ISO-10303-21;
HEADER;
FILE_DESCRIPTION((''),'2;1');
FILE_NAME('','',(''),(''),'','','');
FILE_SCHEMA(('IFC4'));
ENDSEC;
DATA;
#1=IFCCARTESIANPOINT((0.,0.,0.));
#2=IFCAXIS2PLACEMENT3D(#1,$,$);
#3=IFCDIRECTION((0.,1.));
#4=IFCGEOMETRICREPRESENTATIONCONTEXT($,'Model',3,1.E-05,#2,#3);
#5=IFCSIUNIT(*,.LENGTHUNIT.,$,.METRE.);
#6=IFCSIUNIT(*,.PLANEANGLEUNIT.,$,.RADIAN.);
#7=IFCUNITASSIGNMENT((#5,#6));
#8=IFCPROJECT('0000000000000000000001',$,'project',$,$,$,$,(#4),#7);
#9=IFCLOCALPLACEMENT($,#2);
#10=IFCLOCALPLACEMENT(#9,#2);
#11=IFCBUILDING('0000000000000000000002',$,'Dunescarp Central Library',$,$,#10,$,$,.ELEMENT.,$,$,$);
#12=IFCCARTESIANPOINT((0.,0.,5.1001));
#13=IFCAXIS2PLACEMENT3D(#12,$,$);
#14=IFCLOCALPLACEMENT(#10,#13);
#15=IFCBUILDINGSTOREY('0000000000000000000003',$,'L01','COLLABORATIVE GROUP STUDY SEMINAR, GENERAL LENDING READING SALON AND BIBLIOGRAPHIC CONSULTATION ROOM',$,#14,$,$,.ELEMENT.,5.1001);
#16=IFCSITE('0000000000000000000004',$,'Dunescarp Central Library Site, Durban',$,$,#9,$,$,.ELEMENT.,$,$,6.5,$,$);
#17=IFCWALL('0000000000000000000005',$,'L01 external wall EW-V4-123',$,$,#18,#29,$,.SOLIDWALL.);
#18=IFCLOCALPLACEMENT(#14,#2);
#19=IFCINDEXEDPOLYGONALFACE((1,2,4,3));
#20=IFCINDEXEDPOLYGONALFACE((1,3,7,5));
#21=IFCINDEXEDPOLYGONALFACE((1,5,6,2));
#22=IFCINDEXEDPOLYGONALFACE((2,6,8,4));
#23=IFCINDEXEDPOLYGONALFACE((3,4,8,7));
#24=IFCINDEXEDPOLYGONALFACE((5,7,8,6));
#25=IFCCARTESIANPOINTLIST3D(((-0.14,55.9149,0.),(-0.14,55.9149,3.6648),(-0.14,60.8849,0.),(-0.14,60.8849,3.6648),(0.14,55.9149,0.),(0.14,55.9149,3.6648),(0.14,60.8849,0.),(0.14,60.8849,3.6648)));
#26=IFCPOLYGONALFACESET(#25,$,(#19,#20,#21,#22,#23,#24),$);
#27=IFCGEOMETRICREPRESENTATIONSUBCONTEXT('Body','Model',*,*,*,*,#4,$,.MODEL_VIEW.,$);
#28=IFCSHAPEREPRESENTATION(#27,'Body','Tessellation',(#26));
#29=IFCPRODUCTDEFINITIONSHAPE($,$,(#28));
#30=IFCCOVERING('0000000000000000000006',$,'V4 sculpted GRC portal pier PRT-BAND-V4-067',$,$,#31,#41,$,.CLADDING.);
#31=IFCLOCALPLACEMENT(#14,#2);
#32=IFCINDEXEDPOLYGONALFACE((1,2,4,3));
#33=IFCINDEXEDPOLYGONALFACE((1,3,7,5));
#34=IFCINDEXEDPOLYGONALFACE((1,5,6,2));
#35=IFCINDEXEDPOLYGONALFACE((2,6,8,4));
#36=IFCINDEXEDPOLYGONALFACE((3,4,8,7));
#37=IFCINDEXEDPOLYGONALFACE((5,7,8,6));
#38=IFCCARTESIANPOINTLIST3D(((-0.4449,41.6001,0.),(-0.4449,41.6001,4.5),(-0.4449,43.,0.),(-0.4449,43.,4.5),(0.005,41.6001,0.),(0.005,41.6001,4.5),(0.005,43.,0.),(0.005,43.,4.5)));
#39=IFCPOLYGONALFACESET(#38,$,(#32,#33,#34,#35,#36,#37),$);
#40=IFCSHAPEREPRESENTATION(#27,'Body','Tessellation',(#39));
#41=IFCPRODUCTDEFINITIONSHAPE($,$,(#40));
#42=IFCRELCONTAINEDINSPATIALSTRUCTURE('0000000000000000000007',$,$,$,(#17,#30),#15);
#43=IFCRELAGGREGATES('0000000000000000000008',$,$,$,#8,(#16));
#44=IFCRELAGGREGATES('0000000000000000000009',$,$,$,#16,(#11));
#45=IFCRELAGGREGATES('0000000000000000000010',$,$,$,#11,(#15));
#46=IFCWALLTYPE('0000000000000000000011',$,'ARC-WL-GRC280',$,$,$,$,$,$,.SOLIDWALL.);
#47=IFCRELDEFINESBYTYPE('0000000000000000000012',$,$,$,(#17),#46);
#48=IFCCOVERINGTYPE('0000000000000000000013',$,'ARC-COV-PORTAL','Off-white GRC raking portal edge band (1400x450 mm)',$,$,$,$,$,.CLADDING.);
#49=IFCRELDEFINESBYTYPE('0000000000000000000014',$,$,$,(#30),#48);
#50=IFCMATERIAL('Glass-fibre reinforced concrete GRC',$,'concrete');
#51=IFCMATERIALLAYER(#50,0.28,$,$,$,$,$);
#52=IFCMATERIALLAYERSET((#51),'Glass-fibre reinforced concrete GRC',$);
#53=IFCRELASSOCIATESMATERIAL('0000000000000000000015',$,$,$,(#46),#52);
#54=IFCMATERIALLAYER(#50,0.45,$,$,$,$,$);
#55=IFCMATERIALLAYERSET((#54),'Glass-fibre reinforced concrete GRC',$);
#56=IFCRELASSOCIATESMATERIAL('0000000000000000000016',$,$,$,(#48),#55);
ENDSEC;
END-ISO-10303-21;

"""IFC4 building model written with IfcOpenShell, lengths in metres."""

from ifc_helpers import new_model, si_unit, direction, frame, frame_2d, origin, origin_2d, place, context, subcontext, project, spatial, rectangle, extrude, material, layer, layer_set, type_object, element, save


model = new_model("IFC4")

# Units and contexts
model_context = context("Model", 3, precision=1e-05, world=origin(), true_north=direction((0.0, 1.0)))
body_context = subcontext(model_context, "Body", "Model", "MODEL_VIEW")
ifc_project = project(units=[si_unit("LENGTHUNIT", "METRE"), si_unit("PLANEANGLEUNIT", "RADIAN")], contexts=[model_context])

# Site, building, storey
site_placement = place(None, origin())
site = spatial("IfcSite", under=ifc_project, at=site_placement, Name="Dunescarp Central Library Site, Durban", CompositionType="ELEMENT", RefElevation=6.5)
building_placement = place(site_placement, origin())
building = spatial("IfcBuilding", under=site, at=building_placement, Name="Dunescarp Central Library", CompositionType="ELEMENT")
storey_placement = place(building_placement, frame((0.0, 0.0, 5.1001)))
storey = spatial("IfcBuildingStorey", under=building, at=storey_placement, Name="L01", Description="COLLABORATIVE GROUP STUDY SEMINAR, GENERAL LENDING READING SALON AND BIBLIOGRAPHIC CONSULTATION ROOM", CompositionType="ELEMENT", Elevation=5.1001)

# Wall
ifc_material_1 = material(Name="Glass-fibre reinforced concrete GRC", Category="concrete")
ifc_layer_1 = layer(ifc_material_1, 0.28)
ifc_layer_set_1 = layer_set([ifc_layer_1], Name="Glass-fibre reinforced concrete GRC")
wall_type = type_object("IfcWallType", Name="ARC-WL-GRC280", PredefinedType="SOLIDWALL", material=ifc_layer_set_1)
for number, where, z_axis, x_axis, name in (
    (1, (0.0, 55.915, 0.0), (0.0, 0.0, 1.0), (0.0, 1.0, 0.0), "L01 external wall EW-V4-123"),
):
    element("IfcWall", number, at=place(storey_placement, frame(where, z_axis=z_axis, x_axis=x_axis)), inside=storey, type_object=wall_type, Name=name, PredefinedType="SOLIDWALL", context=body_context, shape_type="SweptSolid", body=[
        extrude(rectangle(XDim=4.97, YDim=0.28, at=frame_2d((2.4849, 0.0))), origin(), (0.0, 0.0, 1.0), 3.6648),
    ])

# Covering
ifc_layer_2 = layer(ifc_material_1, 0.45)
ifc_layer_set_2 = layer_set([ifc_layer_2], Name="Glass-fibre reinforced concrete GRC")
covering_type = type_object("IfcCoveringType", Name="ARC-COV-PORTAL", Description="Off-white GRC raking portal edge band (1400x450 mm)", PredefinedType="CLADDING", material=ifc_layer_set_2)
covering_placement = place(storey_placement, frame((-0.22, 42.3, 0.0), z_axis=(0.0, 0.0, 1.0), x_axis=(1.0, 0.0, 0.0)))
element("IfcCovering", 2, at=covering_placement, inside=storey, type_object=covering_type, Name="V4 sculpted GRC portal pier PRT-BAND-V4-067", PredefinedType="CLADDING", context=body_context, shape_type="SweptSolid", body=[
    extrude(rectangle(XDim=0.45, YDim=1.3999, at=origin_2d()), origin(), (0.0, 0.0, 1.0), 4.5),
])

save(model, "model.ifc")
